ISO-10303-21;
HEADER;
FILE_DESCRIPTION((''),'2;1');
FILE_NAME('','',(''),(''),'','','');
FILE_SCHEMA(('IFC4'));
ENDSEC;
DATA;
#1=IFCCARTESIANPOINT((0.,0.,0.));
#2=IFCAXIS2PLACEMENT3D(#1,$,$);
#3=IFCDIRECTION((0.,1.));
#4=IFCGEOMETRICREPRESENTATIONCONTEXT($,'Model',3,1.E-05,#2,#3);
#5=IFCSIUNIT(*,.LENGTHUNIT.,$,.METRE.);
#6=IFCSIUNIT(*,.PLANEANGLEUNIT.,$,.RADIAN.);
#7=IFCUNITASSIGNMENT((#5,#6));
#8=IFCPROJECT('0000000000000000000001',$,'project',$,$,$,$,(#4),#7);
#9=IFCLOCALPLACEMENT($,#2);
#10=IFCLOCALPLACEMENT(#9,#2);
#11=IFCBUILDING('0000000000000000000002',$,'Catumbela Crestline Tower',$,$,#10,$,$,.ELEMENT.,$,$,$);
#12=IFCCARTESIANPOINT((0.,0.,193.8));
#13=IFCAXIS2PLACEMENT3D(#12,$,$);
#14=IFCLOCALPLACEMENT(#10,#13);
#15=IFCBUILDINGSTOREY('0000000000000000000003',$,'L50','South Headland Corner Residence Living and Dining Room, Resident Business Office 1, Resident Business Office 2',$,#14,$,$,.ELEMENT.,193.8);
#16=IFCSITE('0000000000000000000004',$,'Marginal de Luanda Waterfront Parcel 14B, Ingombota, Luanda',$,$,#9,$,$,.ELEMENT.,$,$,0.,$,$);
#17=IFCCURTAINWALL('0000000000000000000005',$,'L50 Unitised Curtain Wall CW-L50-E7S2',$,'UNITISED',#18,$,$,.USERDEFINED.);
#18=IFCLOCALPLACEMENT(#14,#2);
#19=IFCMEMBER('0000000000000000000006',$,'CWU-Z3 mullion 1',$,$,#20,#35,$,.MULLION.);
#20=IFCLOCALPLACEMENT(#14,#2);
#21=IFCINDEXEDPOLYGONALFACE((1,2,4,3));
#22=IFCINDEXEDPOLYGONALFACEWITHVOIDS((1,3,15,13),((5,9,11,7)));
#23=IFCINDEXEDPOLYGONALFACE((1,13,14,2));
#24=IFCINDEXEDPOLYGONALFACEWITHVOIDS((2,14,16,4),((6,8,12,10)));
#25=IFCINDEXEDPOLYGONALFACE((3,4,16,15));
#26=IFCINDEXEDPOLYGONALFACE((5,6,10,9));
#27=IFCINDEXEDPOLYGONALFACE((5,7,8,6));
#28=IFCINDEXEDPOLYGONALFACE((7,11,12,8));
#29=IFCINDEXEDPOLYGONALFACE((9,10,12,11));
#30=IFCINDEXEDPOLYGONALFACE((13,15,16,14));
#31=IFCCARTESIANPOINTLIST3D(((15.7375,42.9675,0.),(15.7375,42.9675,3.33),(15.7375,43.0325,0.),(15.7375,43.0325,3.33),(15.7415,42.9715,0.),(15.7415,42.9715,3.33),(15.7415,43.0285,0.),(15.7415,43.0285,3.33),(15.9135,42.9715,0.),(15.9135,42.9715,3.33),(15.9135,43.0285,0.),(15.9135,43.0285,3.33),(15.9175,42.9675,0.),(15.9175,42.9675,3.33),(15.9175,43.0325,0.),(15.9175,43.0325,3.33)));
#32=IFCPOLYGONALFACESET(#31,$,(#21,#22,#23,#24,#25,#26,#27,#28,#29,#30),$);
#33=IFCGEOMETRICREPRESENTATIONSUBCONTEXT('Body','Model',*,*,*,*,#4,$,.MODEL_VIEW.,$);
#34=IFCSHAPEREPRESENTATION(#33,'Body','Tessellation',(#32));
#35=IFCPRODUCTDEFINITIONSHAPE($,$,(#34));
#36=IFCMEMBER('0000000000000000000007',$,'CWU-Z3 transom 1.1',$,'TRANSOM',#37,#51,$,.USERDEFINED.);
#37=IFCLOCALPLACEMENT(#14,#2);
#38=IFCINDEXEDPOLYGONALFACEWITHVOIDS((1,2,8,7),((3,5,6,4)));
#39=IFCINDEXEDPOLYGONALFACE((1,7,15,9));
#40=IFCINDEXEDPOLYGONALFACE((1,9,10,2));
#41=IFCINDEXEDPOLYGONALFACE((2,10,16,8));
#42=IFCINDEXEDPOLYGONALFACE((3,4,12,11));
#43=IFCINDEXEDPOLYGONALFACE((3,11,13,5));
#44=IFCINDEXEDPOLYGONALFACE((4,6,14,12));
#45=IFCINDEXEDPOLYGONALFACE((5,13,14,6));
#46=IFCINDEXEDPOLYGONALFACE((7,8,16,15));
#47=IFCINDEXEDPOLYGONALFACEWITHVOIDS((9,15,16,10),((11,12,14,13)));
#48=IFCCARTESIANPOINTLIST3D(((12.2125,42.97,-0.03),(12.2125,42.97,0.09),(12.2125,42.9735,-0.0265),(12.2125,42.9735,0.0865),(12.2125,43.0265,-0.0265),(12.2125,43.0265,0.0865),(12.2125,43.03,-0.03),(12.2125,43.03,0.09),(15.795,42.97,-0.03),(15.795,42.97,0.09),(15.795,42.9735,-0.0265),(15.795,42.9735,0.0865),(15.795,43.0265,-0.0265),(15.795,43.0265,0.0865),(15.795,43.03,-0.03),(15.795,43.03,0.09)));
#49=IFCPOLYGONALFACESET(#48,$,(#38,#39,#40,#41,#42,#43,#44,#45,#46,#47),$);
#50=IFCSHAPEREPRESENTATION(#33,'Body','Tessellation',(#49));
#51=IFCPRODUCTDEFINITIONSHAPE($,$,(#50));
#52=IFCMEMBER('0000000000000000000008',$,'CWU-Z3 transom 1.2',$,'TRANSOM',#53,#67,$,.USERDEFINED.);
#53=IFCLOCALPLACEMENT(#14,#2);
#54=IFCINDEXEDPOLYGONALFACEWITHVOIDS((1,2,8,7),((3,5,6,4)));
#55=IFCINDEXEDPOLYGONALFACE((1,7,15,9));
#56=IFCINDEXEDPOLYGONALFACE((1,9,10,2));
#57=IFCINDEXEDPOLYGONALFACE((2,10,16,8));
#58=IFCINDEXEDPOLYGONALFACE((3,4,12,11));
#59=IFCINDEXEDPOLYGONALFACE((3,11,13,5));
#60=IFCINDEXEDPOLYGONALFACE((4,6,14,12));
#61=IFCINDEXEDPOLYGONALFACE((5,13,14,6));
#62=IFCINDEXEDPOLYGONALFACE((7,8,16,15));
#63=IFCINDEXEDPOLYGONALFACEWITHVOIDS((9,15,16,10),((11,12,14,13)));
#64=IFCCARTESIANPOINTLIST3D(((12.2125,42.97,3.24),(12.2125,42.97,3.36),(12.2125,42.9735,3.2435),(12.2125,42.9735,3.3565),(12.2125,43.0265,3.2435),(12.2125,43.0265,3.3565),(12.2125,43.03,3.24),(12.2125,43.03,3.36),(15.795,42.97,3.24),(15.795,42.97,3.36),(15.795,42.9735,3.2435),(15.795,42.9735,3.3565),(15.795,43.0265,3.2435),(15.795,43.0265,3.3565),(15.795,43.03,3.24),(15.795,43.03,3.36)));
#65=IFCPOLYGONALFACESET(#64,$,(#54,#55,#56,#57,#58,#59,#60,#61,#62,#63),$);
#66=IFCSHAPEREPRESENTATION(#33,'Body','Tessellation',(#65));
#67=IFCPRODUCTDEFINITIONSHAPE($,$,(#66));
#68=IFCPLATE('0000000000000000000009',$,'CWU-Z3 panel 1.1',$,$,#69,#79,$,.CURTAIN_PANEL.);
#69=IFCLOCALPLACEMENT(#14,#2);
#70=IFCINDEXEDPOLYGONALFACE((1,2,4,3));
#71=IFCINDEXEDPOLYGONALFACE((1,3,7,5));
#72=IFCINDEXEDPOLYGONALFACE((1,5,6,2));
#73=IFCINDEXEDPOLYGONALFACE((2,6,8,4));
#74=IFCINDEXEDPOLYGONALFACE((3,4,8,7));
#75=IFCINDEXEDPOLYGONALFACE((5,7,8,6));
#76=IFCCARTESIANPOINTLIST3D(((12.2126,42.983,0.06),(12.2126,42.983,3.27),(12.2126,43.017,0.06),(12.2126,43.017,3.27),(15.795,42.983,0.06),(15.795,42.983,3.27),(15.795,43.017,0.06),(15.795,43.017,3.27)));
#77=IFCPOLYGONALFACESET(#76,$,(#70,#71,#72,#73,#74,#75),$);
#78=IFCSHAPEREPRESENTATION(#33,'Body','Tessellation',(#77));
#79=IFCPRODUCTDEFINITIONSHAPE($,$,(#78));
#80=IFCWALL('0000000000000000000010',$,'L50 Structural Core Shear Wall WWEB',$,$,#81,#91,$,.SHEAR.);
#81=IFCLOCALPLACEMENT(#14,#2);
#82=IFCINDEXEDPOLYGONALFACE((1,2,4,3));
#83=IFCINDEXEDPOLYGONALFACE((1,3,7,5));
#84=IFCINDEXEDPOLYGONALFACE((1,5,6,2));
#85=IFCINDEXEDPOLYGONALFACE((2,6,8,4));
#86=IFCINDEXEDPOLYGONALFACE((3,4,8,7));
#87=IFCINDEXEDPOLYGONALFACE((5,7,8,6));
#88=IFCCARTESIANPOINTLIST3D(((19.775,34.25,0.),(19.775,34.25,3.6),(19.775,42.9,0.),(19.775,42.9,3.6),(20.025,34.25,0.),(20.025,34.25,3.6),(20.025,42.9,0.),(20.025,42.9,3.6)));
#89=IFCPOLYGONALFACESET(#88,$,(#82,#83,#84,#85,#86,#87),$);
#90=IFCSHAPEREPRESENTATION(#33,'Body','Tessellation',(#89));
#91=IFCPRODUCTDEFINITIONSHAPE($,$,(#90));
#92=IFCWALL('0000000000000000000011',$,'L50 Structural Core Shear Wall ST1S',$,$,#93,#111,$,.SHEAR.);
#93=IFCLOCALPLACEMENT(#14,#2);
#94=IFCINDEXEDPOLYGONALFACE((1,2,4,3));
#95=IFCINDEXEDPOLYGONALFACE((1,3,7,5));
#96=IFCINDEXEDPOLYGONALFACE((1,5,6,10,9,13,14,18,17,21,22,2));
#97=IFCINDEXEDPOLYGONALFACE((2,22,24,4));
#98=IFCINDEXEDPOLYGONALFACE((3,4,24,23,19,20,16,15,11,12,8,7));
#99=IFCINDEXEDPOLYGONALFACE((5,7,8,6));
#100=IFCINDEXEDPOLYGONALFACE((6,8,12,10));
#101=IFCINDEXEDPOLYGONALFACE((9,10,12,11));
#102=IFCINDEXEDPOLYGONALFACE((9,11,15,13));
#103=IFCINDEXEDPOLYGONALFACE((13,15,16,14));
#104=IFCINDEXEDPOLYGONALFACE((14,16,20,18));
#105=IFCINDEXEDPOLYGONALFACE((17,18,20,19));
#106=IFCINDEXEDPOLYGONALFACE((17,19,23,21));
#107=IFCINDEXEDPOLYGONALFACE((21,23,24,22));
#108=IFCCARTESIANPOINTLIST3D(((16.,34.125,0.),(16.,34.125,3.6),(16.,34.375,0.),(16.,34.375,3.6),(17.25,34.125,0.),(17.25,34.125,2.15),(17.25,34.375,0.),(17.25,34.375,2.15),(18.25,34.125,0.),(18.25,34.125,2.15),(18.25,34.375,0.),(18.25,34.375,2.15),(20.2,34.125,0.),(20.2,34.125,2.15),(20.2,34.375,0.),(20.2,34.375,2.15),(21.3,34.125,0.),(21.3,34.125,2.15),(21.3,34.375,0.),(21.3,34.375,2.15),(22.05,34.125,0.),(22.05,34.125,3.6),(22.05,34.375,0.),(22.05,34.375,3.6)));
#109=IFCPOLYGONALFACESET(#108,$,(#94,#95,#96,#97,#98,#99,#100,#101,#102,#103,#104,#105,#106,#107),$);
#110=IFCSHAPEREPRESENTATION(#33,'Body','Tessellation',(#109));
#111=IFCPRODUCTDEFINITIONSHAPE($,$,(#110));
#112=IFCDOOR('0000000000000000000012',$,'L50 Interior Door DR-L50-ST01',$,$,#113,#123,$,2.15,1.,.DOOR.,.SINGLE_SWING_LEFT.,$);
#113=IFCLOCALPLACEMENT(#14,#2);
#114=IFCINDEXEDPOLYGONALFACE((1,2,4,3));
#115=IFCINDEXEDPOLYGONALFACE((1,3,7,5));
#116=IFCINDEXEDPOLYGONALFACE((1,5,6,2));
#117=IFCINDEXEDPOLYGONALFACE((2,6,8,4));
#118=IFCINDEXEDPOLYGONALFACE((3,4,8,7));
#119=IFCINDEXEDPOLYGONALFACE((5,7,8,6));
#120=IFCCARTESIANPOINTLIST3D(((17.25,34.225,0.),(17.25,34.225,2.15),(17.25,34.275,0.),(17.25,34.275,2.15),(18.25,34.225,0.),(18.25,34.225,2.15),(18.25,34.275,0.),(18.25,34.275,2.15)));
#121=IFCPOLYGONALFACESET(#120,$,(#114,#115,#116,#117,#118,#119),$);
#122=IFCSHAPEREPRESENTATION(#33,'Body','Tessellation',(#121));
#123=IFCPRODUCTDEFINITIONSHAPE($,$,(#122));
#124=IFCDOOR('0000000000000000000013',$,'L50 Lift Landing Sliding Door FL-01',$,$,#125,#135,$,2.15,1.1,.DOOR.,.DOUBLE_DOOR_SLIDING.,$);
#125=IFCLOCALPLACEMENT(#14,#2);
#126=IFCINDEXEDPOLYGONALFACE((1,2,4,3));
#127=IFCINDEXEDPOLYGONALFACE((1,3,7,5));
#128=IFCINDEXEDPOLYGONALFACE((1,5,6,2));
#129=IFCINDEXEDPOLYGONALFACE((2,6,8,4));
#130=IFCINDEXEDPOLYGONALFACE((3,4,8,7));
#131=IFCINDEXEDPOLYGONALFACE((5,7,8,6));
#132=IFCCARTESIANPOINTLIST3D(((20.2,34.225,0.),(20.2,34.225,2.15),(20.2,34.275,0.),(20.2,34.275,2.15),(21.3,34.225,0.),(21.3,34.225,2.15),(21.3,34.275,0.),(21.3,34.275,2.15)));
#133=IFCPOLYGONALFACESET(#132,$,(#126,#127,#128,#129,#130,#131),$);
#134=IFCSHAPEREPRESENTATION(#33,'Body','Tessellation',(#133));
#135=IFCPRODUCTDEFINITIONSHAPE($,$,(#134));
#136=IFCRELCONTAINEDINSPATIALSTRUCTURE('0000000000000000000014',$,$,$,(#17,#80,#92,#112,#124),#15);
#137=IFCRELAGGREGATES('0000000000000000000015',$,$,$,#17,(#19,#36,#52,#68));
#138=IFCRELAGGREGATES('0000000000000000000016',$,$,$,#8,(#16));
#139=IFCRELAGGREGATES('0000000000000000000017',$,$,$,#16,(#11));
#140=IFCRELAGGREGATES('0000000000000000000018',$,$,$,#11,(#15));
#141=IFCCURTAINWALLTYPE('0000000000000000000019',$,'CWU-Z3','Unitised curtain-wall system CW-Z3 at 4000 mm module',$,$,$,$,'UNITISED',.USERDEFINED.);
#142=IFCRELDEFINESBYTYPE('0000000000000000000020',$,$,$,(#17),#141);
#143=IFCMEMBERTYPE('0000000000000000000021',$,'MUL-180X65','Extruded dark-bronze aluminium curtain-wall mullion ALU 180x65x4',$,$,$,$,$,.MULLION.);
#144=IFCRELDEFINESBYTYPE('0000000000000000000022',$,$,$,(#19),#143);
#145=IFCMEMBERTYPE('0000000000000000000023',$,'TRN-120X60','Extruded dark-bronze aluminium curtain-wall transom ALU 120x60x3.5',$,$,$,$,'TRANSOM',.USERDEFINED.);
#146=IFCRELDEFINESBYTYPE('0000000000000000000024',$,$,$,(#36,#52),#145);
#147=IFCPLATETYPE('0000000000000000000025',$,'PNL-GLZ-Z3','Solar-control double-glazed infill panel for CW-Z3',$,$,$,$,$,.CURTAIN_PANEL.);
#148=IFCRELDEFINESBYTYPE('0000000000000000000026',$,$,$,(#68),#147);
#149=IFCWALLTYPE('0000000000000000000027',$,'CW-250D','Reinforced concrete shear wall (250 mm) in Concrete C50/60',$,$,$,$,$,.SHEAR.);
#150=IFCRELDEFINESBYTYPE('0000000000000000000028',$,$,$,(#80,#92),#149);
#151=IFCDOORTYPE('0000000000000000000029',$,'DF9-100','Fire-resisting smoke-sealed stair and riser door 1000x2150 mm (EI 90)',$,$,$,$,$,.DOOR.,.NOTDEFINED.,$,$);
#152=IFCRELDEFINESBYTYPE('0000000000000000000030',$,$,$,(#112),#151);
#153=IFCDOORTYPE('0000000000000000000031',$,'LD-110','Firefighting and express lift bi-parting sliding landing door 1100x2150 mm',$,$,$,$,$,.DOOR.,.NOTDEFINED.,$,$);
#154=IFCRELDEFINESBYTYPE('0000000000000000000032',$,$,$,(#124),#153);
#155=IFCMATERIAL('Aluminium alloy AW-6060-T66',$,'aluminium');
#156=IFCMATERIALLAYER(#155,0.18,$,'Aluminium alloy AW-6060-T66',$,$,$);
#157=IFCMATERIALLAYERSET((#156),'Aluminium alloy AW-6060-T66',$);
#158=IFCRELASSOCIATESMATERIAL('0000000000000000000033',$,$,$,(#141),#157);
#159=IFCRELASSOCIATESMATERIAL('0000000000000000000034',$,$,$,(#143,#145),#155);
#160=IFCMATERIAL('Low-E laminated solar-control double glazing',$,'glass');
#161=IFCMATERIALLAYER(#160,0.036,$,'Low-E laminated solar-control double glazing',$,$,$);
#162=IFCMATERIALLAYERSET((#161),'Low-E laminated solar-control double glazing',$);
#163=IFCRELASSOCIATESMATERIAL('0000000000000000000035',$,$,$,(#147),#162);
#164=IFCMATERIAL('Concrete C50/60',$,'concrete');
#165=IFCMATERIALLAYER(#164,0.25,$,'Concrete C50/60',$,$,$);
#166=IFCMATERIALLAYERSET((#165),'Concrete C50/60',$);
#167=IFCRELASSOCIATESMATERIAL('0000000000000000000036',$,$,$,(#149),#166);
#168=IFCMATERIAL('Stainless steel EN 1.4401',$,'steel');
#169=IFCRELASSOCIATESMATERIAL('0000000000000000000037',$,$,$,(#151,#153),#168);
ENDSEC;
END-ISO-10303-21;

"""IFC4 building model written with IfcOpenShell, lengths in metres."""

from ifc_helpers import new_model, si_unit, direction, frame, frame_2d, origin, origin_2d, place, context, subcontext, project, spatial, rectangle, hollow_rectangle, extrude, material, layer, layer_set, material_profile, profile_set, type_object, element, fill, aggregate, save


model = new_model("IFC4")

# Units and contexts
model_context = context("Model", 3, precision=1e-05, world=origin(), true_north=direction((0.0, 1.0)))
body_context = subcontext(model_context, "Body", "Model", "MODEL_VIEW")
ifc_project = project(units=[si_unit("LENGTHUNIT", "METRE"), si_unit("PLANEANGLEUNIT", "RADIAN")], contexts=[model_context])

# Site, building, storey
site_placement = place(None, origin())
site = spatial("IfcSite", under=ifc_project, at=site_placement, Name="Marginal de Luanda Waterfront Parcel 14B, Ingombota, Luanda", CompositionType="ELEMENT", RefElevation=0.0)
building_placement = place(site_placement, origin())
building = spatial("IfcBuilding", under=site, at=building_placement, Name="Catumbela Crestline Tower", CompositionType="ELEMENT")
storey_placement = place(building_placement, frame((0.0, 0.0, 193.8)))
storey = spatial("IfcBuildingStorey", under=building, at=storey_placement, Name="L50", Description="South Headland Corner Residence Living and Dining Room, Resident Business Office 1, Resident Business Office 2", CompositionType="ELEMENT", Elevation=193.8)

# Curtain wall, members, plate
ifc_material_1 = material(Name="Aluminium alloy AW-6060-T66", Category="aluminium")
ifc_layer_1 = layer(ifc_material_1, 0.18, Name="Aluminium alloy AW-6060-T66")
ifc_layer_set_1 = layer_set([ifc_layer_1], Name="Aluminium alloy AW-6060-T66")
curtain_wall_type = type_object("IfcCurtainWallType", Name="CWU-Z3", Description="Unitised curtain-wall system CW-Z3 at 4000 mm module", ElementType="UNITISED", PredefinedType="USERDEFINED", material=ifc_layer_set_1)
curtain_wall_placement = place(storey_placement, origin())
curtain_wall = element("IfcCurtainWall", 1, at=curtain_wall_placement, inside=storey, type_object=curtain_wall_type, Name="L50 Unitised Curtain Wall CW-L50-E7S2", ObjectType="UNITISED", PredefinedType="USERDEFINED")
ifc_material_profile_1 = material_profile(ifc_material_1, hollow_rectangle(XDim=0.065, YDim=0.18, WallThickness=0.004, at=origin_2d()), Name="ALU 180x65x4")
ifc_profile_set_1 = profile_set([ifc_material_profile_1], Name="Aluminium alloy AW-6060-T66")
member_type_1 = type_object("IfcMemberType", Name="MUL-180X65", Description="Extruded dark-bronze aluminium curtain-wall mullion ALU 180x65x4", PredefinedType="MULLION", material=ifc_profile_set_1)
member_1_placement = place(storey_placement, frame((15.8275, 43.0, 0.0), z_axis=(0.0, 0.0, 1.0), x_axis=(0.0, -1.0, 0.0)))
member_1 = element("IfcMember", 2, at=member_1_placement, type_object=member_type_1, Name="CWU-Z3 mullion 1", PredefinedType="MULLION", context=body_context, shape_type="SweptSolid", body=[
    extrude(hollow_rectangle(XDim=0.065, YDim=0.18, WallThickness=0.004, at=origin_2d()), origin(), (0.0, 0.0, 1.0), 3.33),
])
ifc_material_profile_2 = material_profile(ifc_material_1, hollow_rectangle(XDim=0.06, YDim=0.12, WallThickness=0.0035, at=origin_2d()), Name="ALU 120x60x3.5")
ifc_profile_set_2 = profile_set([ifc_material_profile_2], Name="Aluminium alloy AW-6060-T66")
member_type_2 = type_object("IfcMemberType", Name="TRN-120X60", Description="Extruded dark-bronze aluminium curtain-wall transom ALU 120x60x3.5", ElementType="TRANSOM", PredefinedType="USERDEFINED", material=ifc_profile_set_2)
member_2_placement = place(storey_placement, frame((15.795, 43.0, 0.03), z_axis=(-1.0, 0.0, 0.0), x_axis=(0.0, -1.0, 0.0)))
member_2 = element("IfcMember", 3, at=member_2_placement, type_object=member_type_2, Name="CWU-Z3 transom 1.1", ObjectType="TRANSOM", PredefinedType="USERDEFINED", context=body_context, shape_type="SweptSolid", body=[
    extrude(hollow_rectangle(XDim=0.06, YDim=0.12, WallThickness=0.0035, at=origin_2d()), origin(), (0.0, 0.0, 1.0), 3.5825),
])
member_3_placement = place(storey_placement, frame((15.795, 43.0, 3.3), z_axis=(-1.0, 0.0, 0.0), x_axis=(0.0, -1.0, 0.0)))
member_3 = element("IfcMember", 4, at=member_3_placement, type_object=member_type_2, Name="CWU-Z3 transom 1.2", ObjectType="TRANSOM", PredefinedType="USERDEFINED", context=body_context, shape_type="SweptSolid", body=[
    extrude(hollow_rectangle(XDim=0.06, YDim=0.12, WallThickness=0.0035, at=origin_2d()), origin(), (0.0, 0.0, 1.0), 3.5825),
])
ifc_material_2 = material(Name="Low-E laminated solar-control double glazing", Category="glass")
ifc_layer_2 = layer(ifc_material_2, 0.036, Name="Low-E laminated solar-control double glazing")
ifc_layer_set_2 = layer_set([ifc_layer_2], Name="Low-E laminated solar-control double glazing")
plate_type = type_object("IfcPlateType", Name="PNL-GLZ-Z3", Description="Solar-control double-glazed infill panel for CW-Z3", PredefinedType="CURTAIN_PANEL", material=ifc_layer_set_2)
plate_placement = place(storey_placement, frame((14.0038, 43.0, 0.06), z_axis=(0.0, 0.0, 1.0), x_axis=(-1.0, 0.0, 0.0)))
plate = element("IfcPlate", 5, at=plate_placement, type_object=plate_type, Name="CWU-Z3 panel 1.1", PredefinedType="CURTAIN_PANEL", context=body_context, shape_type="SweptSolid", body=[
    extrude(rectangle(XDim=3.5825, YDim=0.034, at=origin_2d()), origin(), (0.0, 0.0, 1.0), 3.21),
])
aggregate(curtain_wall, [member_1, member_2, member_3, plate])

# Wall
ifc_material_3 = material(Name="Concrete C50/60", Category="concrete")
ifc_layer_3 = layer(ifc_material_3, 0.25, Name="Concrete C50/60")
ifc_layer_set_3 = layer_set([ifc_layer_3], Name="Concrete C50/60")
wall_type_1 = type_object("IfcWallType", Name="CW-250D", Description="Reinforced concrete shear wall (250 mm) in Concrete C50/60", PredefinedType="SHEAR", material=ifc_layer_set_3)
wall_1_placement = place(storey_placement, frame((19.9, 34.25, 0.0), z_axis=(0.0, 0.0, 1.0), x_axis=(0.0, 1.0, 0.0)))
element("IfcWall", 6, at=wall_1_placement, inside=storey, type_object=wall_type_1, Name="L50 Structural Core Shear Wall WWEB", PredefinedType="SHEAR", context=body_context, shape_type="SweptSolid", body=[
    extrude(rectangle(XDim=8.65, YDim=0.25, at=frame_2d((4.325, 0.0))), origin(), (0.0, 0.0, 1.0), 3.6),
])

# Wall, openings, doors
wall_2_placement = place(storey_placement, frame((16.0, 34.25, 0.0), z_axis=(0.0, 0.0, 1.0), x_axis=(1.0, 0.0, 0.0)))
wall_2 = element("IfcWall", 7, at=wall_2_placement, inside=storey, type_object=wall_type_1, Name="L50 Structural Core Shear Wall ST1S", PredefinedType="SHEAR", context=body_context, shape_type="SweptSolid", body=[
    extrude(rectangle(XDim=6.05, YDim=0.25, at=frame_2d((3.025, 0.0))), origin(), (0.0, 0.0, 1.0), 3.6),
])
opening_1_placement = place(wall_2_placement, frame((1.25, 0.0, 0.0)))
opening_1 = element("IfcOpeningElement", 8, at=opening_1_placement, cuts=wall_2, PredefinedType="OPENING", context=body_context, shape_type="SweptSolid", body=[
    extrude(rectangle(XDim=1.0, YDim=2.15, at=frame_2d((0.5, 1.075))), frame((0.0, 0.135, 0.0), z_axis=(0.0, -1.0, 0.0), x_axis=(1.0, 0.0, 0.0)), (0.0, 0.0, 1.0), 0.27),
])
opening_2_placement = place(wall_2_placement, frame((4.2, 0.0, 0.0)))
opening_2 = element("IfcOpeningElement", 9, at=opening_2_placement, cuts=wall_2, PredefinedType="OPENING", context=body_context, shape_type="SweptSolid", body=[
    extrude(rectangle(XDim=1.1, YDim=2.15, at=frame_2d((0.55, 1.075))), frame((0.0, 0.135, 0.0), z_axis=(0.0, -1.0, 0.0), x_axis=(1.0, 0.0, 0.0)), (0.0, 0.0, 1.0), 0.27),
])
ifc_material_4 = material(Name="Stainless steel EN 1.4401", Category="steel")
door_type_1 = type_object("IfcDoorType", Name="DF9-100", Description="Fire-resisting smoke-sealed stair and riser door 1000x2150 mm (EI 90)", OperationType="NOTDEFINED", PredefinedType="DOOR", material=ifc_material_4)
door_1_placement = place(opening_1_placement, origin())
door_1 = element("IfcDoor", 10, at=door_1_placement, inside=storey, type_object=door_type_1, Name="L50 Interior Door DR-L50-ST01", OperationType="SINGLE_SWING_LEFT", OverallHeight=2.15, OverallWidth=1.0, PredefinedType="DOOR", context=body_context, shape_type="SweptSolid", body=[
    extrude(rectangle(XDim=1.0, YDim=2.15, at=frame_2d((0.5, 1.075))), frame((0.0, 0.025, 0.0), z_axis=(0.0, -1.0, 0.0), x_axis=(1.0, 0.0, 0.0)), (0.0, 0.0, 1.0), 0.05),
])
fill(opening_1, door_1)
door_type_2 = type_object("IfcDoorType", Name="LD-110", Description="Firefighting and express lift bi-parting sliding landing door 1100x2150 mm", OperationType="NOTDEFINED", PredefinedType="DOOR", material=ifc_material_4)
door_2_placement = place(opening_2_placement, origin())
door_2 = element("IfcDoor", 11, at=door_2_placement, inside=storey, type_object=door_type_2, Name="L50 Lift Landing Sliding Door FL-01", OperationType="DOUBLE_DOOR_SLIDING", OverallHeight=2.15, OverallWidth=1.1, PredefinedType="DOOR", context=body_context, shape_type="SweptSolid", body=[
    extrude(rectangle(XDim=1.1, YDim=2.15, at=frame_2d((0.55, 1.075))), frame((0.0, 0.025, 0.0), z_axis=(0.0, -1.0, 0.0), x_axis=(1.0, 0.0, 0.0)), (0.0, 0.0, 1.0), 0.05),
])
fill(opening_2, door_2)

save(model, "model.ifc")
